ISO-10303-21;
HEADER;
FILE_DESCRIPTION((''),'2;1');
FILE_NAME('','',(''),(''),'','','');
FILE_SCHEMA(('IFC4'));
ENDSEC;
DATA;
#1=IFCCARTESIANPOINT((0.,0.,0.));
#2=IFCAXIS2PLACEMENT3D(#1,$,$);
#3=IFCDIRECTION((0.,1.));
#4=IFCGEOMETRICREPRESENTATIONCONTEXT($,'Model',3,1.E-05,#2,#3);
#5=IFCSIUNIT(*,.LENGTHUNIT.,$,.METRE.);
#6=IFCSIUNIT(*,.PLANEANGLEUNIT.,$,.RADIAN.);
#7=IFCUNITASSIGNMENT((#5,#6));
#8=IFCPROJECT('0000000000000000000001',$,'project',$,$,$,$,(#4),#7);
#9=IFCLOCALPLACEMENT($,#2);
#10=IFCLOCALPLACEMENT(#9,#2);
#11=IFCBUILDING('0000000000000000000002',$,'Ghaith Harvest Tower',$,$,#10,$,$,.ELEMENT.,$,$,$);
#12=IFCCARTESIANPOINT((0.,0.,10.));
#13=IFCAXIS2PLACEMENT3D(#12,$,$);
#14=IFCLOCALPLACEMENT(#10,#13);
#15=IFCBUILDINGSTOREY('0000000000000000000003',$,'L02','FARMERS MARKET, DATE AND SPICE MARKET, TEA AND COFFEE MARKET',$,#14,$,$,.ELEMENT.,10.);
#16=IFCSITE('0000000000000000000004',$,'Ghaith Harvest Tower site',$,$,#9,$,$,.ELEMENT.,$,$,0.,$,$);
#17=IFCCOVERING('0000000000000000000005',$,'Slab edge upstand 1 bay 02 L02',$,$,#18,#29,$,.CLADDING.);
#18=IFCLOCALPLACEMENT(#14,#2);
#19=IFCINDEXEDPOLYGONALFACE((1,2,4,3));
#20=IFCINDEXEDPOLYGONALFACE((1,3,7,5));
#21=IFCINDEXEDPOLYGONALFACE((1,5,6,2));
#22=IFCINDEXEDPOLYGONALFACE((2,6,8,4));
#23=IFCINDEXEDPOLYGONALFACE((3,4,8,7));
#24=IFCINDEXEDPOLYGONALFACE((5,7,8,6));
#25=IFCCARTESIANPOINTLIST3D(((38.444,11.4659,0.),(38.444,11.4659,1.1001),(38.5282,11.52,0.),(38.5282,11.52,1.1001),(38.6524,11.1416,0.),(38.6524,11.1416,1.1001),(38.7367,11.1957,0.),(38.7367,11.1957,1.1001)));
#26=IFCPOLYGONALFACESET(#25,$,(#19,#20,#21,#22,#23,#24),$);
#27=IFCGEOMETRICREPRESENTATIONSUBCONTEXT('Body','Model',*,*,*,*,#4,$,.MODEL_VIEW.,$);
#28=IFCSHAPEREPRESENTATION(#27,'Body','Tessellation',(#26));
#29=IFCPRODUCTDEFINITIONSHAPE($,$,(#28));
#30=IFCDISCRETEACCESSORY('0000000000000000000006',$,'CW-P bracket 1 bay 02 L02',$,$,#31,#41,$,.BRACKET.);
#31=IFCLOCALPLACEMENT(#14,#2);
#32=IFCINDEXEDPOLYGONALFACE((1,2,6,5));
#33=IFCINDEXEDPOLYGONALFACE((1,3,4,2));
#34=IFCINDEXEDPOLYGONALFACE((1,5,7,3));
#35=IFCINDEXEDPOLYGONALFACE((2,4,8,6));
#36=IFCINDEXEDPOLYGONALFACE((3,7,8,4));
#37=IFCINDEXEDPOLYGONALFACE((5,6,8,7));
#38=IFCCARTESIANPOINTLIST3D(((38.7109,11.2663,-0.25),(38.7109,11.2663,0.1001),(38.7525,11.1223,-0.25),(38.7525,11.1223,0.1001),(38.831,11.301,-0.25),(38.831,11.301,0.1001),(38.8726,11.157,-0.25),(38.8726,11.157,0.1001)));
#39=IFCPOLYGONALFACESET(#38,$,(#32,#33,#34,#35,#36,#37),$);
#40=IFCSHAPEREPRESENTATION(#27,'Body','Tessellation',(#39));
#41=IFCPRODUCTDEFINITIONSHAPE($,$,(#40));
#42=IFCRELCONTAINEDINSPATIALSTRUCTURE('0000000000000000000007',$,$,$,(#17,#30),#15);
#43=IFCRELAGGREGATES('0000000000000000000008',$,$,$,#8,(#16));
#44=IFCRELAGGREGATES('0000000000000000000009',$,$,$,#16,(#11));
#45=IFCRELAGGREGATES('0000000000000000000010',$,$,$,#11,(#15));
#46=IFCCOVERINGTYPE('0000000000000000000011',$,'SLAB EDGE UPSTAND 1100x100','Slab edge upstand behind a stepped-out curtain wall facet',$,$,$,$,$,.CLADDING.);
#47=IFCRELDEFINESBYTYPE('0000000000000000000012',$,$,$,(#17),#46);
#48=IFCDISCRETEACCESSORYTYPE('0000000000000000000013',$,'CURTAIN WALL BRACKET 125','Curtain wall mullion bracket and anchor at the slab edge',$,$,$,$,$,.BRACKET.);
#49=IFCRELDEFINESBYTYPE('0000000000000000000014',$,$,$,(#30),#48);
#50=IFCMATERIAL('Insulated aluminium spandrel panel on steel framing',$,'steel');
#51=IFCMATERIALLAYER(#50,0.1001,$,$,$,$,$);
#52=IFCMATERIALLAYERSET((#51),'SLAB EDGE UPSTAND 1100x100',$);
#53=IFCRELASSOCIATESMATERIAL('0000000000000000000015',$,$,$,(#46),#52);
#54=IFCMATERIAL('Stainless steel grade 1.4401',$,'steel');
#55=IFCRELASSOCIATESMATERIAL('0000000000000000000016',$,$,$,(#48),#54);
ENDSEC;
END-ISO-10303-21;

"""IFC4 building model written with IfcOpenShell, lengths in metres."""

from ifc_helpers import new_model, si_unit, direction, frame, origin, origin_2d, place, context, subcontext, project, spatial, rectangle, extrude, material, layer, layer_set, type_object, element, save


model = new_model("IFC4")

# Units and contexts
model_context = context("Model", 3, precision=1e-05, world=origin(), true_north=direction((0.0, 1.0)))
body_context = subcontext(model_context, "Body", "Model", "MODEL_VIEW")
ifc_project = project(units=[si_unit("LENGTHUNIT", "METRE"), si_unit("PLANEANGLEUNIT", "RADIAN")], contexts=[model_context])

# Site, building, storey
site_placement = place(None, origin())
site = spatial("IfcSite", under=ifc_project, at=site_placement, Name="Ghaith Harvest Tower site", CompositionType="ELEMENT", RefElevation=0.0)
building_placement = place(site_placement, origin())
building = spatial("IfcBuilding", under=site, at=building_placement, Name="Ghaith Harvest Tower", CompositionType="ELEMENT")
storey_placement = place(building_placement, frame((0.0, 0.0, 10.0)))
storey = spatial("IfcBuildingStorey", under=building, at=storey_placement, Name="L02", Description="FARMERS MARKET, DATE AND SPICE MARKET, TEA AND COFFEE MARKET", CompositionType="ELEMENT", Elevation=10.0)

# Covering
ifc_material_1 = material(Name="Insulated aluminium spandrel panel on steel framing", Category="steel")
ifc_layer_1 = layer(ifc_material_1, 0.1001)
ifc_layer_set_1 = layer_set([ifc_layer_1], Name="SLAB EDGE UPSTAND 1100x100")
covering_type = type_object("IfcCoveringType", Name="SLAB EDGE UPSTAND 1100x100", Description="Slab edge upstand behind a stepped-out curtain wall facet", PredefinedType="CLADDING", material=ifc_layer_set_1)
covering_1_placement = place(storey_placement, frame((38.5903, 11.3308, 0.0), z_axis=(0.0, 0.0, 1.0), x_axis=(-0.540682, 0.841227, 0.0)))
element("IfcCovering", 1, at=covering_1_placement, inside=storey, type_object=covering_type, Name="Slab edge upstand 1 bay 02 L02", PredefinedType="CLADDING", context=body_context, shape_type="SweptSolid", body=[
    extrude(rectangle(XDim=0.3855, YDim=0.1001, at=origin_2d()), origin(), (0.0, 0.0, 1.0), 1.1001),
])

# Discrete accessory
ifc_material_2 = material(Name="Stainless steel grade 1.4401", Category="steel")
discrete_accessory_type = type_object("IfcDiscreteAccessoryType", Name="CURTAIN WALL BRACKET 125", Description="Curtain wall mullion bracket and anchor at the slab edge", PredefinedType="BRACKET", material=ifc_material_2)
discrete_accessory_placement = place(storey_placement, frame((38.7917, 11.2117, -0.25), z_axis=(0.0, 0.0, 1.0), x_axis=(0.96068, 0.277657, 0.0)))
element("IfcDiscreteAccessory", 2, at=discrete_accessory_placement, inside=storey, type_object=discrete_accessory_type, Name="CW-P bracket 1 bay 02 L02", PredefinedType="BRACKET", context=body_context, shape_type="SweptSolid", body=[
    extrude(rectangle(XDim=0.125, YDim=0.1499, at=origin_2d()), origin(), (0.0, 0.0, 1.0), 0.3501),
])

save(model, "model.ifc")
